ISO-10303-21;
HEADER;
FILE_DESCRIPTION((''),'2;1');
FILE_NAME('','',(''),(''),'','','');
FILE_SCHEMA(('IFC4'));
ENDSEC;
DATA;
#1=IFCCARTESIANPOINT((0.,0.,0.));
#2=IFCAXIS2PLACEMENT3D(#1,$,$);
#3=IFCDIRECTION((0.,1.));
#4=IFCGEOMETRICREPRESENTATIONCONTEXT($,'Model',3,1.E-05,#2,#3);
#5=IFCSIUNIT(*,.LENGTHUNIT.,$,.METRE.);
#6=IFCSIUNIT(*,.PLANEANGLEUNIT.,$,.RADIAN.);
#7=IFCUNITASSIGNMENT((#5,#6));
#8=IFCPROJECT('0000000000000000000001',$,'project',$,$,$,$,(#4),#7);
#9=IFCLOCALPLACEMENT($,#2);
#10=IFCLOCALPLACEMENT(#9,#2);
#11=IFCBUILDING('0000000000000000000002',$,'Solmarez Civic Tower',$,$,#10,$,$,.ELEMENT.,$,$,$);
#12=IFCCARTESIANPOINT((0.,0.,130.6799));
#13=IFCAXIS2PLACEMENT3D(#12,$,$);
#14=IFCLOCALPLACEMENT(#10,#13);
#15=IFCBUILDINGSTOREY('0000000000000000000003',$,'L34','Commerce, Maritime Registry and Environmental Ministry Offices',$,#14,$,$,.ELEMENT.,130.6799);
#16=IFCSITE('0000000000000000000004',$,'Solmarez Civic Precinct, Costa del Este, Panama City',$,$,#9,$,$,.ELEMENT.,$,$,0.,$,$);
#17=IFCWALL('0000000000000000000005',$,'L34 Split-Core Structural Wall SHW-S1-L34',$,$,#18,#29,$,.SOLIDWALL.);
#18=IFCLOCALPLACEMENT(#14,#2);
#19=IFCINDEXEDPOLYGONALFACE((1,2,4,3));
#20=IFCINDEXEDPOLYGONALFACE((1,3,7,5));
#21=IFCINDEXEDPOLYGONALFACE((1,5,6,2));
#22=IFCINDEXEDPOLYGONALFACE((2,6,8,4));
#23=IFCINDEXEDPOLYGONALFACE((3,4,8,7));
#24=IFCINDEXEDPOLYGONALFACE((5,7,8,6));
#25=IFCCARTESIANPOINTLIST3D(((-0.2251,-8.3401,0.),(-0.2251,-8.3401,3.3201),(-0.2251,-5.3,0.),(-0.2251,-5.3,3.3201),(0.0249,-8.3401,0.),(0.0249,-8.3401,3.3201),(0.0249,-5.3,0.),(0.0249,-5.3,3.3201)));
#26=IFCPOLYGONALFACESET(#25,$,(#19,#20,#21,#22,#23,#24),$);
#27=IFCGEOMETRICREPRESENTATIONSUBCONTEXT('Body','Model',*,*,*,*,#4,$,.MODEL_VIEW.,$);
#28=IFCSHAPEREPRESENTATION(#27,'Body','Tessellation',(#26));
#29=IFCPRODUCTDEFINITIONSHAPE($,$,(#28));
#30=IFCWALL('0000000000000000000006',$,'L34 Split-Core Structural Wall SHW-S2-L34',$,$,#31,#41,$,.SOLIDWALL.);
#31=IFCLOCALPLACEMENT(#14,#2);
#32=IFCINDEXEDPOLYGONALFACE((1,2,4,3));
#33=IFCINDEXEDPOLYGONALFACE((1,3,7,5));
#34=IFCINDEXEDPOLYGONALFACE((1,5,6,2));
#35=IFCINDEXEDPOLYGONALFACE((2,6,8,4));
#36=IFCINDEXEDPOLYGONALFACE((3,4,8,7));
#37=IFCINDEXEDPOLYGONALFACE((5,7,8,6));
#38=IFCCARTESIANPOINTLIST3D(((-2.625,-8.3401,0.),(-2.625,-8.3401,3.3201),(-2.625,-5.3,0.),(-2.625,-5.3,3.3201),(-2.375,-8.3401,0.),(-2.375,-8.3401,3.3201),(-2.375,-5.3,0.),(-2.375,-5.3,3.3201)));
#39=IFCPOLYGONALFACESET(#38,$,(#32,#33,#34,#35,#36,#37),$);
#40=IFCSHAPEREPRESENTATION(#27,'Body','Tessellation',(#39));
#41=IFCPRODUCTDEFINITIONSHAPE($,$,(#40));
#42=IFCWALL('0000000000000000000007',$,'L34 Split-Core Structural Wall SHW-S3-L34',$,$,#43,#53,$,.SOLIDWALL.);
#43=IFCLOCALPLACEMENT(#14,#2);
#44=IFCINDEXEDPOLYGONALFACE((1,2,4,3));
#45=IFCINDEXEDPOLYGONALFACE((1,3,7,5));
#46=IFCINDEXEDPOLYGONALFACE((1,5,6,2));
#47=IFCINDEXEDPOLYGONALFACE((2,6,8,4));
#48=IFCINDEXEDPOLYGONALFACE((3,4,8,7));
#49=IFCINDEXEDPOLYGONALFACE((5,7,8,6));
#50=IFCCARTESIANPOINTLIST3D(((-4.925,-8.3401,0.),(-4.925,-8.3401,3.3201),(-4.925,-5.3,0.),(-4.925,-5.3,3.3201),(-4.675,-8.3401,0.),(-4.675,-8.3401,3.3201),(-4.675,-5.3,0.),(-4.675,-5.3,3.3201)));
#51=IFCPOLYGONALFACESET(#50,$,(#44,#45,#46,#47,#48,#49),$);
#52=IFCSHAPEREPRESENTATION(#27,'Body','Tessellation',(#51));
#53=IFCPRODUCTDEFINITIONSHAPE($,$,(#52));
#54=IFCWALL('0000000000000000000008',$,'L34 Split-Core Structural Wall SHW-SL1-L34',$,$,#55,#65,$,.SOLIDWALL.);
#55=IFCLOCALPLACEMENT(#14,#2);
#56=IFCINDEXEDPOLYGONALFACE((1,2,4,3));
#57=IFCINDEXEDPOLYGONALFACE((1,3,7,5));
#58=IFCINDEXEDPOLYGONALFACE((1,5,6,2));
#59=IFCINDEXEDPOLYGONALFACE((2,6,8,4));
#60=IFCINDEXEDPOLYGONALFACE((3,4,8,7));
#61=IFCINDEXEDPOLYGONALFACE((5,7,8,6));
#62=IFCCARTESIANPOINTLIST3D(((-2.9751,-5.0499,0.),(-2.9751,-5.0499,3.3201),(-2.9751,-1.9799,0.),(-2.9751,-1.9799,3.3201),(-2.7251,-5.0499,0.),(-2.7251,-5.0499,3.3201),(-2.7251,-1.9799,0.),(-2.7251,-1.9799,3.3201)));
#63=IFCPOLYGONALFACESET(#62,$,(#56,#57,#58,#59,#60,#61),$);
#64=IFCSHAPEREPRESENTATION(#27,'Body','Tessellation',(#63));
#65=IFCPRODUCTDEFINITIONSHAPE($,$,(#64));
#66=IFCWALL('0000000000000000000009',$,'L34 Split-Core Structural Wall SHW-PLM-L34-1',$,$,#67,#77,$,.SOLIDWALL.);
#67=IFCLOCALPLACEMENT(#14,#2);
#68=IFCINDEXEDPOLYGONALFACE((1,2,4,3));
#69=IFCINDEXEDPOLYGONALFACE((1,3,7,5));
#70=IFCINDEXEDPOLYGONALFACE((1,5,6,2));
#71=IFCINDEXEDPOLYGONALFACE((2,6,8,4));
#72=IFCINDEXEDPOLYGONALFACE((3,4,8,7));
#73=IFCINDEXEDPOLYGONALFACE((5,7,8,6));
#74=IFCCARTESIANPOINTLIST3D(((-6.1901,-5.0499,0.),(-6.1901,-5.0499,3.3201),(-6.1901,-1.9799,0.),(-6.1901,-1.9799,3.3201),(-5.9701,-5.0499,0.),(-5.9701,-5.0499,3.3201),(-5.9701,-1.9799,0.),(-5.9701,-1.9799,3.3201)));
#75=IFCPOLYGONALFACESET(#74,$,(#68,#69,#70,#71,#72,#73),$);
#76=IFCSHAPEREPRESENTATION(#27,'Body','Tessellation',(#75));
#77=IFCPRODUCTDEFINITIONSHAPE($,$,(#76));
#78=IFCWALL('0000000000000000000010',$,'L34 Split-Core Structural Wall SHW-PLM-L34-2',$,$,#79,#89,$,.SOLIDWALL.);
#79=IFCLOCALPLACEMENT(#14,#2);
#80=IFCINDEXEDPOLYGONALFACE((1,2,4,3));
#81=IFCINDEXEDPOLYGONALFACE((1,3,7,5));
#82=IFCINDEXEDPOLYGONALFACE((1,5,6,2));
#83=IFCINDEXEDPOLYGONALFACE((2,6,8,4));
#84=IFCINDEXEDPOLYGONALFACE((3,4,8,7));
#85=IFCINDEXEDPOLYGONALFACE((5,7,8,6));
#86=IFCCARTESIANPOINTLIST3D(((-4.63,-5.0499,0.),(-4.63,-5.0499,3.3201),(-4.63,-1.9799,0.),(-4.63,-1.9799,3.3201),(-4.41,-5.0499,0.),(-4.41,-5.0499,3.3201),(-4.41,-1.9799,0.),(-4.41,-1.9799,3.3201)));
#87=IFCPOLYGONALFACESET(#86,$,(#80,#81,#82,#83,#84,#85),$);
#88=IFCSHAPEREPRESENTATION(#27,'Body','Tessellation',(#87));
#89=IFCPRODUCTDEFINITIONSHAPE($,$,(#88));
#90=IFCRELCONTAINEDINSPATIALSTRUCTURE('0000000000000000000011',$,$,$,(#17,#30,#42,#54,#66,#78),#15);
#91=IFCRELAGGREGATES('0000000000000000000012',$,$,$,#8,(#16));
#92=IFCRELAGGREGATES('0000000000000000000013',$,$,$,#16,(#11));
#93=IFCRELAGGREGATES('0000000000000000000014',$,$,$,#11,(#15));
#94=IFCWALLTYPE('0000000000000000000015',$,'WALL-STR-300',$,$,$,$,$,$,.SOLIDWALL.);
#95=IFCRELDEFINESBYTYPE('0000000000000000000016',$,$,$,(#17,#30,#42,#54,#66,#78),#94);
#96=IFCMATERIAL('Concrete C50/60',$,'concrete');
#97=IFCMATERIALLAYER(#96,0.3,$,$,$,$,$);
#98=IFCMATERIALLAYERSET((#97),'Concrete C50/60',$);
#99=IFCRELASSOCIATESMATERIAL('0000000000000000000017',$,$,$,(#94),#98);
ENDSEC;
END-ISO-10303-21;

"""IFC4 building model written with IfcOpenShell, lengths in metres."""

from ifc_helpers import new_model, si_unit, direction, frame, frame_2d, origin, place, context, subcontext, project, spatial, rectangle, extrude, material, layer, layer_set, type_object, element, save


model = new_model("IFC4")

# Units and contexts
model_context = context("Model", 3, precision=1e-05, world=origin(), true_north=direction((0.0, 1.0)))
body_context = subcontext(model_context, "Body", "Model", "MODEL_VIEW")
ifc_project = project(units=[si_unit("LENGTHUNIT", "METRE"), si_unit("PLANEANGLEUNIT", "RADIAN")], contexts=[model_context])

# Site, building, storey
site_placement = place(None, origin())
site = spatial("IfcSite", under=ifc_project, at=site_placement, Name="Solmarez Civic Precinct, Costa del Este, Panama City", CompositionType="ELEMENT", RefElevation=0.0)
building_placement = place(site_placement, origin())
building = spatial("IfcBuilding", under=site, at=building_placement, Name="Solmarez Civic Tower", CompositionType="ELEMENT")
storey_placement = place(building_placement, frame((0.0, 0.0, 130.6799)))
storey = spatial("IfcBuildingStorey", under=building, at=storey_placement, Name="L34", Description="Commerce, Maritime Registry and Environmental Ministry Offices", CompositionType="ELEMENT", Elevation=130.6799)

# Shared definitions
ifc_material_1 = material(Name="Concrete C50/60", Category="concrete")

# Shared definitions
ifc_layer_1 = layer(ifc_material_1, 0.3)
ifc_layer_set_1 = layer_set([ifc_layer_1], Name="Concrete C50/60")
wall_type_1 = type_object("IfcWallType", Name="WALL-STR-300", PredefinedType="SOLIDWALL", material=ifc_layer_set_1)

# Walls
for number, where, z_axis, x_axis, name in (
    (1, (-0.1001, -8.3401, 0.0), (0.0, 0.0, 1.0), (0.0, 1.0, 0.0), "L34 Split-Core Structural Wall SHW-S1-L34"),
    (2, (-2.5, -8.3401, 0.0), (0.0, 0.0, 1.0), (0.0, 1.0, 0.0), "L34 Split-Core Structural Wall SHW-S2-L34"),
    (3, (-4.8, -8.3401, 0.0), (0.0, 0.0, 1.0), (0.0, 1.0, 0.0), "L34 Split-Core Structural Wall SHW-S3-L34"),
):
    element("IfcWall", number, at=place(storey_placement, frame(where, z_axis=z_axis, x_axis=x_axis)), inside=storey, type_object=wall_type_1, Name=name, PredefinedType="SOLIDWALL", context=body_context, shape_type="SweptSolid", body=[
        extrude(rectangle(XDim=3.04, YDim=0.25, at=frame_2d((1.52, 0.0))), origin(), (0.0, 0.0, 1.0), 3.3201),
    ])
wall_1_placement = place(storey_placement, frame((-2.8501, -5.05, 0.0), z_axis=(0.0, 0.0, 1.0), x_axis=(0.0, 1.0, 0.0)))
element("IfcWall", 4, at=wall_1_placement, inside=storey, type_object=wall_type_1, Name="L34 Split-Core Structural Wall SHW-SL1-L34", PredefinedType="SOLIDWALL", context=body_context, shape_type="SweptSolid", body=[
    extrude(rectangle(XDim=3.0701, YDim=0.25, at=frame_2d((1.5352, 0.0))), origin(), (0.0, 0.0, 1.0), 3.3201),
])
for number, where, z_axis, x_axis, name in (
    (5, (-6.0801, -5.05, 0.0), (0.0, 0.0, 1.0), (0.0, 1.0, 0.0), "L34 Split-Core Structural Wall SHW-PLM-L34-1"),
    (6, (-4.52, -5.05, 0.0), (0.0, 0.0, 1.0), (0.0, 1.0, 0.0), "L34 Split-Core Structural Wall SHW-PLM-L34-2"),
):
    element("IfcWall", number, at=place(storey_placement, frame(where, z_axis=z_axis, x_axis=x_axis)), inside=storey, type_object=wall_type_1, Name=name, PredefinedType="SOLIDWALL", context=body_context, shape_type="SweptSolid", body=[
        extrude(rectangle(XDim=3.0701, YDim=0.22, at=frame_2d((1.5352, 0.0))), origin(), (0.0, 0.0, 1.0), 3.3201),
    ])

save(model, "model.ifc")
